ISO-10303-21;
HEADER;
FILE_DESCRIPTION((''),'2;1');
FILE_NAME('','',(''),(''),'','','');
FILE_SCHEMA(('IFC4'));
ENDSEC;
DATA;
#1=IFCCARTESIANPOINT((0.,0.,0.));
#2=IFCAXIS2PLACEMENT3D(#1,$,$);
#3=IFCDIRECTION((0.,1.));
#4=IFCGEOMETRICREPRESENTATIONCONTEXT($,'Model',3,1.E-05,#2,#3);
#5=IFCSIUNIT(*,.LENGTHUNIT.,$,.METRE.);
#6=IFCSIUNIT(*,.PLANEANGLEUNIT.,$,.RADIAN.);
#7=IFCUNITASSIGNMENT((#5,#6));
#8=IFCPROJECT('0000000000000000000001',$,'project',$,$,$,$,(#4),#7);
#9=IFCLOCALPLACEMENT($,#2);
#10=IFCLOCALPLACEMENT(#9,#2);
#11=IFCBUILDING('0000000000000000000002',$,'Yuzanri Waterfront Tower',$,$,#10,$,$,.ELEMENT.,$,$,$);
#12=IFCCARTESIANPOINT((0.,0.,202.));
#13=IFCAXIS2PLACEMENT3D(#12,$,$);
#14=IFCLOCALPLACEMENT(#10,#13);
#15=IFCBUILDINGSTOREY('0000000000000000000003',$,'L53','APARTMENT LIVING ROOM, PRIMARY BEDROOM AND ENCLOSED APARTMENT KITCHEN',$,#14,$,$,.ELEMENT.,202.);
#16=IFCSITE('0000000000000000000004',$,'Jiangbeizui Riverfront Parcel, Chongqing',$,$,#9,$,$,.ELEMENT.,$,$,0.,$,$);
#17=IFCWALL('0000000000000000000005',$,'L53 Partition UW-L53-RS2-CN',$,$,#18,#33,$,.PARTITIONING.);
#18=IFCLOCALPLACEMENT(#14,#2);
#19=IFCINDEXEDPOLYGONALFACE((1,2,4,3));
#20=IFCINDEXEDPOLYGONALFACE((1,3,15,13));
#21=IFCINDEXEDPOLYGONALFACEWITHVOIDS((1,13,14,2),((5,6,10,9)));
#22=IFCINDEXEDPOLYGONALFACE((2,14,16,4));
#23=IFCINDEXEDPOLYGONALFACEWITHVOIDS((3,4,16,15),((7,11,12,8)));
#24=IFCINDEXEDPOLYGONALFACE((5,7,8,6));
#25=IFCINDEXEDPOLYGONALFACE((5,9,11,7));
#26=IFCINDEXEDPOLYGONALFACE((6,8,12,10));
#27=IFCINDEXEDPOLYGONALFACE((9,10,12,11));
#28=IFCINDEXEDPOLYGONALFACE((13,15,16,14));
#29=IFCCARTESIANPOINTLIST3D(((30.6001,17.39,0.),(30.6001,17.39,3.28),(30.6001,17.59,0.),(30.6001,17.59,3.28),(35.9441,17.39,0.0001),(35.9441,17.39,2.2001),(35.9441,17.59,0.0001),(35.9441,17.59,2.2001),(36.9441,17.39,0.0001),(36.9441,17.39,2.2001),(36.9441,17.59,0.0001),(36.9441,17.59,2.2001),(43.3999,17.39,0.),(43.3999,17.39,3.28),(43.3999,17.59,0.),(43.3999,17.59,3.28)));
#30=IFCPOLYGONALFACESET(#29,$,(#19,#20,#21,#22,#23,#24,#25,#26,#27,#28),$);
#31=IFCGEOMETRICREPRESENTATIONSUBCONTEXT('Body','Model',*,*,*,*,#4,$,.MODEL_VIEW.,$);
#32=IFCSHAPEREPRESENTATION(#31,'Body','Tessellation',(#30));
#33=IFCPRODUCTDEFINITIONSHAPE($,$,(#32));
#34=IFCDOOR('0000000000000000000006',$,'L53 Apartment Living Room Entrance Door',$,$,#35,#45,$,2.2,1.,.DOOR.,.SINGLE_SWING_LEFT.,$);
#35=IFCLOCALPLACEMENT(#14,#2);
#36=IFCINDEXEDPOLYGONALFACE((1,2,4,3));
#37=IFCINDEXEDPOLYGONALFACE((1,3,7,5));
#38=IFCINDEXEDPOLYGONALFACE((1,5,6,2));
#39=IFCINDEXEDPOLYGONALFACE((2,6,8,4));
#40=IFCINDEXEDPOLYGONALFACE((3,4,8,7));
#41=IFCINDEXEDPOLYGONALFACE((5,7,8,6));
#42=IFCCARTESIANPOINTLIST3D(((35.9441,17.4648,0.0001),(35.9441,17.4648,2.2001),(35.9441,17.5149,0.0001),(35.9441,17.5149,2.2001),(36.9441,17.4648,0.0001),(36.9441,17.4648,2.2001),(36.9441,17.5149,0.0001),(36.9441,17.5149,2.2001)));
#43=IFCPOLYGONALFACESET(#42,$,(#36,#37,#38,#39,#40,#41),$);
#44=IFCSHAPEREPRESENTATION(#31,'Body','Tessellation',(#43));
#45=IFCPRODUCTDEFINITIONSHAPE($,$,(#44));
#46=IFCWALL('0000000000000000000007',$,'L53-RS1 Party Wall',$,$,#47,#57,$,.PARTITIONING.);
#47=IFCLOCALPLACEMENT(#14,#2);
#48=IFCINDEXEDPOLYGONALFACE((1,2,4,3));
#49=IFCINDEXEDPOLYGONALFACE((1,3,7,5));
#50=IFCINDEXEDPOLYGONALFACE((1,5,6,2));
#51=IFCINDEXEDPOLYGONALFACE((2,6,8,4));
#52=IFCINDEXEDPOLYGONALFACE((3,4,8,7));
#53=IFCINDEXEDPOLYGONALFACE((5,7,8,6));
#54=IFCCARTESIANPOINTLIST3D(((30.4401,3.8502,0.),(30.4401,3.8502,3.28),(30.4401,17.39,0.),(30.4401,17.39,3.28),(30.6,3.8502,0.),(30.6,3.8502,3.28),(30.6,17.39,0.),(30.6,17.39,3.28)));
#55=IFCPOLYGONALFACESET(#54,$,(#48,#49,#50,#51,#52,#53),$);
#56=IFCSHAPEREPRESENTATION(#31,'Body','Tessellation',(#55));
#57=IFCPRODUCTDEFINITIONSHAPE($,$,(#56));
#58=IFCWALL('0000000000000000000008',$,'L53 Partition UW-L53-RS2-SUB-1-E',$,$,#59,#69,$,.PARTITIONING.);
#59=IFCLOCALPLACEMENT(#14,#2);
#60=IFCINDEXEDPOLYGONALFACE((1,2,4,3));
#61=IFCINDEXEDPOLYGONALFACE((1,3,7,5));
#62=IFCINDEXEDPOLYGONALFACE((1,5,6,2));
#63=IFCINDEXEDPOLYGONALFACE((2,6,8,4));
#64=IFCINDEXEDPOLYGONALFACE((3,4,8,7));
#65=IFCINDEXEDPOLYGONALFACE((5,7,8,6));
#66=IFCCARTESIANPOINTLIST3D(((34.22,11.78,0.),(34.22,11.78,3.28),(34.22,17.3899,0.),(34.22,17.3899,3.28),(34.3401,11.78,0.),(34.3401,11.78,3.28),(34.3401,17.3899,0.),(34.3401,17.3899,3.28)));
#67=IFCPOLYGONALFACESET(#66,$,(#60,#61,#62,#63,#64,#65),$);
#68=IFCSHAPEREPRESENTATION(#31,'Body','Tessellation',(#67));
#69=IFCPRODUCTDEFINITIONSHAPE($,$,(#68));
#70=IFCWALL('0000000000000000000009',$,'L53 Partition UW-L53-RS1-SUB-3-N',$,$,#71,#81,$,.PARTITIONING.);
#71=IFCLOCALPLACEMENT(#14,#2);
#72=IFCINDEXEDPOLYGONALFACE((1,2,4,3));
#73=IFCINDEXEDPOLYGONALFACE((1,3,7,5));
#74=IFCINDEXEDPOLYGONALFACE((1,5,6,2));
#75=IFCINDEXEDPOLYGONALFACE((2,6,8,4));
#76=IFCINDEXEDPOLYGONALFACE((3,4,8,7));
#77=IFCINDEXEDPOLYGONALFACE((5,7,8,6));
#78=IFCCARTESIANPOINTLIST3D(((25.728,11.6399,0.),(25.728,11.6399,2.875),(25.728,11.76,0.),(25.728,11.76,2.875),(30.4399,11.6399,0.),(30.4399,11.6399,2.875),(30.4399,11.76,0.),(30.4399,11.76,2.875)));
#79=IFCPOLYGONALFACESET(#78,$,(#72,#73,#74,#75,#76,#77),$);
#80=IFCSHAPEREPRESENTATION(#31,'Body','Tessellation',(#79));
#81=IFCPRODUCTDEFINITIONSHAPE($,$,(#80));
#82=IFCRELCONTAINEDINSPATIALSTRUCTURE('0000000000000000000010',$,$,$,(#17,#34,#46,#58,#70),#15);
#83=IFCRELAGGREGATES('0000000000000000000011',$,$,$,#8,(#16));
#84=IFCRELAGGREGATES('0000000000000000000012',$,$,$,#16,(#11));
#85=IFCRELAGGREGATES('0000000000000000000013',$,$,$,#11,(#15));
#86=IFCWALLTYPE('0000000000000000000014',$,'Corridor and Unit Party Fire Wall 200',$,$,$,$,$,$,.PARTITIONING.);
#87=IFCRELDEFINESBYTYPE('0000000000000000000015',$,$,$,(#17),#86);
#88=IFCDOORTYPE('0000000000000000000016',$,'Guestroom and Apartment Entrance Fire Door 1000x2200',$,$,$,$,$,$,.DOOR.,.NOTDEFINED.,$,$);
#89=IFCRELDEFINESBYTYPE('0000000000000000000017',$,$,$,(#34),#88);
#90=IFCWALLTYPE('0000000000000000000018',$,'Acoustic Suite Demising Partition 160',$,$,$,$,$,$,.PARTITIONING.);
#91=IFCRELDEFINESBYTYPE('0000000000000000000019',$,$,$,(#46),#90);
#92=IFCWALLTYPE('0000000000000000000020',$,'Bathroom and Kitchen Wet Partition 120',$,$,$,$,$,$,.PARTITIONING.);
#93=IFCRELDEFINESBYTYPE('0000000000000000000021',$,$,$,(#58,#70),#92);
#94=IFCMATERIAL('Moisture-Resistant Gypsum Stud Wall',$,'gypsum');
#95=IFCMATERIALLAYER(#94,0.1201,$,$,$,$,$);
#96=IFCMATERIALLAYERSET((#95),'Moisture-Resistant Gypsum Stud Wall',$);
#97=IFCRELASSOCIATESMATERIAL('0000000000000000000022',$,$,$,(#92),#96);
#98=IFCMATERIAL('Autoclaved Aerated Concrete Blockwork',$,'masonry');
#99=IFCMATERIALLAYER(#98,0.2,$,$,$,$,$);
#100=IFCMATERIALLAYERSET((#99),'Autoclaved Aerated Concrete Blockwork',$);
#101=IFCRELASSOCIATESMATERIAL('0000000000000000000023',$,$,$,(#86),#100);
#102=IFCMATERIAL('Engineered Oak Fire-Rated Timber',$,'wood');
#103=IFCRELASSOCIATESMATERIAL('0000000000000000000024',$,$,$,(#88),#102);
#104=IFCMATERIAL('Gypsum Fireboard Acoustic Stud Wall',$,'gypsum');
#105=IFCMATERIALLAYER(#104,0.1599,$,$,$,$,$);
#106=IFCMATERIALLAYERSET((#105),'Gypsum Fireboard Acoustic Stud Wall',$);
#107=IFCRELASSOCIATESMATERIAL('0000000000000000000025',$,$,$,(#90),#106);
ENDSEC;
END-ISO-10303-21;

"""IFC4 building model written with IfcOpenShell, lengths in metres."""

from ifc_helpers import new_model, si_unit, direction, frame, frame_2d, origin, place, context, subcontext, project, spatial, rectangle, extrude, source, transform, mapped, material, layer, layer_set, type_object, element, fill, save


model = new_model("IFC4")

# Units and contexts
model_context = context("Model", 3, precision=1e-05, world=origin(), true_north=direction((0.0, 1.0)))
body_context = subcontext(model_context, "Body", "Model", "MODEL_VIEW")
ifc_project = project(units=[si_unit("LENGTHUNIT", "METRE"), si_unit("PLANEANGLEUNIT", "RADIAN")], contexts=[model_context])

# Site, building, storey
site_placement = place(None, origin())
site = spatial("IfcSite", under=ifc_project, at=site_placement, Name="Jiangbeizui Riverfront Parcel, Chongqing", CompositionType="ELEMENT", RefElevation=0.0)
building_placement = place(site_placement, origin())
building = spatial("IfcBuilding", under=site, at=building_placement, Name="Yuzanri Waterfront Tower", CompositionType="ELEMENT")
storey_placement = place(building_placement, frame((0.0, 0.0, 202.0)))
storey = spatial("IfcBuildingStorey", under=building, at=storey_placement, Name="L53", Description="APARTMENT LIVING ROOM, PRIMARY BEDROOM AND ENCLOSED APARTMENT KITCHEN", CompositionType="ELEMENT", Elevation=202.0)

# Wall, opening, door
ifc_material_1 = material(Name="Moisture-Resistant Gypsum Stud Wall", Category="gypsum")
ifc_layer_1 = layer(ifc_material_1, 0.1201)
ifc_layer_set_1 = layer_set([ifc_layer_1], Name="Moisture-Resistant Gypsum Stud Wall")
wall_type_1 = type_object("IfcWallType", Name="Bathroom and Kitchen Wet Partition 120", PredefinedType="PARTITIONING", material=ifc_layer_set_1)
ifc_material_2 = material(Name="Autoclaved Aerated Concrete Blockwork", Category="masonry")
ifc_layer_2 = layer(ifc_material_2, 0.2)
ifc_layer_set_2 = layer_set([ifc_layer_2], Name="Autoclaved Aerated Concrete Blockwork")
wall_type_2 = type_object("IfcWallType", Name="Corridor and Unit Party Fire Wall 200", PredefinedType="PARTITIONING", material=ifc_layer_set_2)
wall_1_placement = place(storey_placement, frame((30.6001, 17.49, 0.0), z_axis=(0.0, 0.0, 1.0), x_axis=(1.0, 0.0, 0.0)))
wall_1 = element("IfcWall", 1, at=wall_1_placement, inside=storey, type_object=wall_type_2, Name="L53 Partition UW-L53-RS2-CN", PredefinedType="PARTITIONING", context=body_context, shape_type="SweptSolid", body=[
    extrude(rectangle(XDim=12.7998, YDim=0.2, at=frame_2d((6.3999, 0.0))), origin(), (0.0, 0.0, 1.0), 3.28),
])
opening_1_placement = place(wall_1_placement, frame((5.344, 0.0, 0.0)))
opening_1 = element("IfcOpeningElement", 2, at=opening_1_placement, cuts=wall_1, PredefinedType="OPENING", context=body_context, shape_type="SweptSolid", body=[
    extrude(rectangle(XDim=1.0, YDim=2.2, at=frame_2d((0.5, 1.1001))), frame((0.0, 0.1147, 0.0), z_axis=(0.0, -1.0, 0.0), x_axis=(1.0, 0.0, 0.0)), (0.0, 0.0, 1.0), 0.2297),
])
ifc_material_3 = material(Name="Engineered Oak Fire-Rated Timber", Category="wood")
door_type_1 = type_object("IfcDoorType", Name="Guestroom and Apartment Entrance Fire Door 1000x2200", OperationType="NOTDEFINED", PredefinedType="DOOR", material=ifc_material_3)
shared_shape_1 = source(origin(), body_context, "Body", "SweptSolid", [
    extrude(rectangle(XDim=1.0, YDim=2.2, at=frame_2d((0.5, 1.1001))), frame((0.0, 0.0249, 0.0), z_axis=(0.0, -1.0, 0.0), x_axis=(1.0, 0.0, 0.0)), (0.0, 0.0, 1.0), 0.05),
])
door_1_placement = place(opening_1_placement, origin())
door_1 = element("IfcDoor", 3, at=door_1_placement, inside=storey, type_object=door_type_1, Name="L53 Apartment Living Room Entrance Door", OperationType="SINGLE_SWING_LEFT", OverallHeight=2.2, OverallWidth=1.0, PredefinedType="DOOR", context=body_context, shape_type="MappedRepresentation", body=[
    mapped(shared_shape_1, transform((0.0, 0.0, 0.0), scale=1.0)),
])
fill(opening_1, door_1)

# Walls
ifc_material_4 = material(Name="Gypsum Fireboard Acoustic Stud Wall", Category="gypsum")
ifc_layer_3 = layer(ifc_material_4, 0.1599)
ifc_layer_set_3 = layer_set([ifc_layer_3], Name="Gypsum Fireboard Acoustic Stud Wall")
wall_type_3 = type_object("IfcWallType", Name="Acoustic Suite Demising Partition 160", PredefinedType="PARTITIONING", material=ifc_layer_set_3)
shared_shape_2 = source(origin(), body_context, "Body", "SweptSolid", [
    extrude(rectangle(XDim=13.5398, YDim=0.1599, at=frame_2d((6.77, 0.0))), origin(), (0.0, 0.0, 1.0), 3.28),
])
wall_2_placement = place(storey_placement, frame((30.52, 3.8501, 0.0), z_axis=(0.0, 0.0, 1.0), x_axis=(0.0, 1.0, 0.0)))
element("IfcWall", 4, at=wall_2_placement, inside=storey, type_object=wall_type_3, Name="L53-RS1 Party Wall", PredefinedType="PARTITIONING", context=body_context, shape_type="MappedRepresentation", body=[
    mapped(shared_shape_2, transform((0.0, 0.0, 0.0), scale=1.0)),
])
shared_shape_3 = source(origin(), body_context, "Body", "SweptSolid", [
    extrude(rectangle(XDim=5.6099, YDim=0.1201, at=frame_2d((2.8049, 0.0))), origin(), (0.0, 0.0, 1.0), 3.28),
])
wall_3_placement = place(storey_placement, frame((34.28, 11.78, 0.0), z_axis=(0.0, 0.0, 1.0), x_axis=(0.0, 1.0, 0.0)))
element("IfcWall", 5, at=wall_3_placement, inside=storey, type_object=wall_type_1, Name="L53 Partition UW-L53-RS2-SUB-1-E", PredefinedType="PARTITIONING", context=body_context, shape_type="MappedRepresentation", body=[
    mapped(shared_shape_3, transform((0.0, 0.0, 0.0), scale=1.0)),
])
shared_shape_4 = source(origin(), body_context, "Body", "SweptSolid", [
    extrude(rectangle(XDim=4.7119, YDim=0.1201, at=frame_2d((2.356, 0.0))), origin(), (0.0, 0.0, 1.0), 2.875),
])
wall_4_placement = place(storey_placement, frame((25.728, 11.7, 0.0), z_axis=(0.0, 0.0, 1.0), x_axis=(1.0, 0.0, 0.0)))
element("IfcWall", 6, at=wall_4_placement, inside=storey, type_object=wall_type_1, Name="L53 Partition UW-L53-RS1-SUB-3-N", PredefinedType="PARTITIONING", context=body_context, shape_type="MappedRepresentation", body=[
    mapped(shared_shape_4, transform((0.0, 0.0, 0.0), scale=1.0)),
])

save(model, "model.ifc")
